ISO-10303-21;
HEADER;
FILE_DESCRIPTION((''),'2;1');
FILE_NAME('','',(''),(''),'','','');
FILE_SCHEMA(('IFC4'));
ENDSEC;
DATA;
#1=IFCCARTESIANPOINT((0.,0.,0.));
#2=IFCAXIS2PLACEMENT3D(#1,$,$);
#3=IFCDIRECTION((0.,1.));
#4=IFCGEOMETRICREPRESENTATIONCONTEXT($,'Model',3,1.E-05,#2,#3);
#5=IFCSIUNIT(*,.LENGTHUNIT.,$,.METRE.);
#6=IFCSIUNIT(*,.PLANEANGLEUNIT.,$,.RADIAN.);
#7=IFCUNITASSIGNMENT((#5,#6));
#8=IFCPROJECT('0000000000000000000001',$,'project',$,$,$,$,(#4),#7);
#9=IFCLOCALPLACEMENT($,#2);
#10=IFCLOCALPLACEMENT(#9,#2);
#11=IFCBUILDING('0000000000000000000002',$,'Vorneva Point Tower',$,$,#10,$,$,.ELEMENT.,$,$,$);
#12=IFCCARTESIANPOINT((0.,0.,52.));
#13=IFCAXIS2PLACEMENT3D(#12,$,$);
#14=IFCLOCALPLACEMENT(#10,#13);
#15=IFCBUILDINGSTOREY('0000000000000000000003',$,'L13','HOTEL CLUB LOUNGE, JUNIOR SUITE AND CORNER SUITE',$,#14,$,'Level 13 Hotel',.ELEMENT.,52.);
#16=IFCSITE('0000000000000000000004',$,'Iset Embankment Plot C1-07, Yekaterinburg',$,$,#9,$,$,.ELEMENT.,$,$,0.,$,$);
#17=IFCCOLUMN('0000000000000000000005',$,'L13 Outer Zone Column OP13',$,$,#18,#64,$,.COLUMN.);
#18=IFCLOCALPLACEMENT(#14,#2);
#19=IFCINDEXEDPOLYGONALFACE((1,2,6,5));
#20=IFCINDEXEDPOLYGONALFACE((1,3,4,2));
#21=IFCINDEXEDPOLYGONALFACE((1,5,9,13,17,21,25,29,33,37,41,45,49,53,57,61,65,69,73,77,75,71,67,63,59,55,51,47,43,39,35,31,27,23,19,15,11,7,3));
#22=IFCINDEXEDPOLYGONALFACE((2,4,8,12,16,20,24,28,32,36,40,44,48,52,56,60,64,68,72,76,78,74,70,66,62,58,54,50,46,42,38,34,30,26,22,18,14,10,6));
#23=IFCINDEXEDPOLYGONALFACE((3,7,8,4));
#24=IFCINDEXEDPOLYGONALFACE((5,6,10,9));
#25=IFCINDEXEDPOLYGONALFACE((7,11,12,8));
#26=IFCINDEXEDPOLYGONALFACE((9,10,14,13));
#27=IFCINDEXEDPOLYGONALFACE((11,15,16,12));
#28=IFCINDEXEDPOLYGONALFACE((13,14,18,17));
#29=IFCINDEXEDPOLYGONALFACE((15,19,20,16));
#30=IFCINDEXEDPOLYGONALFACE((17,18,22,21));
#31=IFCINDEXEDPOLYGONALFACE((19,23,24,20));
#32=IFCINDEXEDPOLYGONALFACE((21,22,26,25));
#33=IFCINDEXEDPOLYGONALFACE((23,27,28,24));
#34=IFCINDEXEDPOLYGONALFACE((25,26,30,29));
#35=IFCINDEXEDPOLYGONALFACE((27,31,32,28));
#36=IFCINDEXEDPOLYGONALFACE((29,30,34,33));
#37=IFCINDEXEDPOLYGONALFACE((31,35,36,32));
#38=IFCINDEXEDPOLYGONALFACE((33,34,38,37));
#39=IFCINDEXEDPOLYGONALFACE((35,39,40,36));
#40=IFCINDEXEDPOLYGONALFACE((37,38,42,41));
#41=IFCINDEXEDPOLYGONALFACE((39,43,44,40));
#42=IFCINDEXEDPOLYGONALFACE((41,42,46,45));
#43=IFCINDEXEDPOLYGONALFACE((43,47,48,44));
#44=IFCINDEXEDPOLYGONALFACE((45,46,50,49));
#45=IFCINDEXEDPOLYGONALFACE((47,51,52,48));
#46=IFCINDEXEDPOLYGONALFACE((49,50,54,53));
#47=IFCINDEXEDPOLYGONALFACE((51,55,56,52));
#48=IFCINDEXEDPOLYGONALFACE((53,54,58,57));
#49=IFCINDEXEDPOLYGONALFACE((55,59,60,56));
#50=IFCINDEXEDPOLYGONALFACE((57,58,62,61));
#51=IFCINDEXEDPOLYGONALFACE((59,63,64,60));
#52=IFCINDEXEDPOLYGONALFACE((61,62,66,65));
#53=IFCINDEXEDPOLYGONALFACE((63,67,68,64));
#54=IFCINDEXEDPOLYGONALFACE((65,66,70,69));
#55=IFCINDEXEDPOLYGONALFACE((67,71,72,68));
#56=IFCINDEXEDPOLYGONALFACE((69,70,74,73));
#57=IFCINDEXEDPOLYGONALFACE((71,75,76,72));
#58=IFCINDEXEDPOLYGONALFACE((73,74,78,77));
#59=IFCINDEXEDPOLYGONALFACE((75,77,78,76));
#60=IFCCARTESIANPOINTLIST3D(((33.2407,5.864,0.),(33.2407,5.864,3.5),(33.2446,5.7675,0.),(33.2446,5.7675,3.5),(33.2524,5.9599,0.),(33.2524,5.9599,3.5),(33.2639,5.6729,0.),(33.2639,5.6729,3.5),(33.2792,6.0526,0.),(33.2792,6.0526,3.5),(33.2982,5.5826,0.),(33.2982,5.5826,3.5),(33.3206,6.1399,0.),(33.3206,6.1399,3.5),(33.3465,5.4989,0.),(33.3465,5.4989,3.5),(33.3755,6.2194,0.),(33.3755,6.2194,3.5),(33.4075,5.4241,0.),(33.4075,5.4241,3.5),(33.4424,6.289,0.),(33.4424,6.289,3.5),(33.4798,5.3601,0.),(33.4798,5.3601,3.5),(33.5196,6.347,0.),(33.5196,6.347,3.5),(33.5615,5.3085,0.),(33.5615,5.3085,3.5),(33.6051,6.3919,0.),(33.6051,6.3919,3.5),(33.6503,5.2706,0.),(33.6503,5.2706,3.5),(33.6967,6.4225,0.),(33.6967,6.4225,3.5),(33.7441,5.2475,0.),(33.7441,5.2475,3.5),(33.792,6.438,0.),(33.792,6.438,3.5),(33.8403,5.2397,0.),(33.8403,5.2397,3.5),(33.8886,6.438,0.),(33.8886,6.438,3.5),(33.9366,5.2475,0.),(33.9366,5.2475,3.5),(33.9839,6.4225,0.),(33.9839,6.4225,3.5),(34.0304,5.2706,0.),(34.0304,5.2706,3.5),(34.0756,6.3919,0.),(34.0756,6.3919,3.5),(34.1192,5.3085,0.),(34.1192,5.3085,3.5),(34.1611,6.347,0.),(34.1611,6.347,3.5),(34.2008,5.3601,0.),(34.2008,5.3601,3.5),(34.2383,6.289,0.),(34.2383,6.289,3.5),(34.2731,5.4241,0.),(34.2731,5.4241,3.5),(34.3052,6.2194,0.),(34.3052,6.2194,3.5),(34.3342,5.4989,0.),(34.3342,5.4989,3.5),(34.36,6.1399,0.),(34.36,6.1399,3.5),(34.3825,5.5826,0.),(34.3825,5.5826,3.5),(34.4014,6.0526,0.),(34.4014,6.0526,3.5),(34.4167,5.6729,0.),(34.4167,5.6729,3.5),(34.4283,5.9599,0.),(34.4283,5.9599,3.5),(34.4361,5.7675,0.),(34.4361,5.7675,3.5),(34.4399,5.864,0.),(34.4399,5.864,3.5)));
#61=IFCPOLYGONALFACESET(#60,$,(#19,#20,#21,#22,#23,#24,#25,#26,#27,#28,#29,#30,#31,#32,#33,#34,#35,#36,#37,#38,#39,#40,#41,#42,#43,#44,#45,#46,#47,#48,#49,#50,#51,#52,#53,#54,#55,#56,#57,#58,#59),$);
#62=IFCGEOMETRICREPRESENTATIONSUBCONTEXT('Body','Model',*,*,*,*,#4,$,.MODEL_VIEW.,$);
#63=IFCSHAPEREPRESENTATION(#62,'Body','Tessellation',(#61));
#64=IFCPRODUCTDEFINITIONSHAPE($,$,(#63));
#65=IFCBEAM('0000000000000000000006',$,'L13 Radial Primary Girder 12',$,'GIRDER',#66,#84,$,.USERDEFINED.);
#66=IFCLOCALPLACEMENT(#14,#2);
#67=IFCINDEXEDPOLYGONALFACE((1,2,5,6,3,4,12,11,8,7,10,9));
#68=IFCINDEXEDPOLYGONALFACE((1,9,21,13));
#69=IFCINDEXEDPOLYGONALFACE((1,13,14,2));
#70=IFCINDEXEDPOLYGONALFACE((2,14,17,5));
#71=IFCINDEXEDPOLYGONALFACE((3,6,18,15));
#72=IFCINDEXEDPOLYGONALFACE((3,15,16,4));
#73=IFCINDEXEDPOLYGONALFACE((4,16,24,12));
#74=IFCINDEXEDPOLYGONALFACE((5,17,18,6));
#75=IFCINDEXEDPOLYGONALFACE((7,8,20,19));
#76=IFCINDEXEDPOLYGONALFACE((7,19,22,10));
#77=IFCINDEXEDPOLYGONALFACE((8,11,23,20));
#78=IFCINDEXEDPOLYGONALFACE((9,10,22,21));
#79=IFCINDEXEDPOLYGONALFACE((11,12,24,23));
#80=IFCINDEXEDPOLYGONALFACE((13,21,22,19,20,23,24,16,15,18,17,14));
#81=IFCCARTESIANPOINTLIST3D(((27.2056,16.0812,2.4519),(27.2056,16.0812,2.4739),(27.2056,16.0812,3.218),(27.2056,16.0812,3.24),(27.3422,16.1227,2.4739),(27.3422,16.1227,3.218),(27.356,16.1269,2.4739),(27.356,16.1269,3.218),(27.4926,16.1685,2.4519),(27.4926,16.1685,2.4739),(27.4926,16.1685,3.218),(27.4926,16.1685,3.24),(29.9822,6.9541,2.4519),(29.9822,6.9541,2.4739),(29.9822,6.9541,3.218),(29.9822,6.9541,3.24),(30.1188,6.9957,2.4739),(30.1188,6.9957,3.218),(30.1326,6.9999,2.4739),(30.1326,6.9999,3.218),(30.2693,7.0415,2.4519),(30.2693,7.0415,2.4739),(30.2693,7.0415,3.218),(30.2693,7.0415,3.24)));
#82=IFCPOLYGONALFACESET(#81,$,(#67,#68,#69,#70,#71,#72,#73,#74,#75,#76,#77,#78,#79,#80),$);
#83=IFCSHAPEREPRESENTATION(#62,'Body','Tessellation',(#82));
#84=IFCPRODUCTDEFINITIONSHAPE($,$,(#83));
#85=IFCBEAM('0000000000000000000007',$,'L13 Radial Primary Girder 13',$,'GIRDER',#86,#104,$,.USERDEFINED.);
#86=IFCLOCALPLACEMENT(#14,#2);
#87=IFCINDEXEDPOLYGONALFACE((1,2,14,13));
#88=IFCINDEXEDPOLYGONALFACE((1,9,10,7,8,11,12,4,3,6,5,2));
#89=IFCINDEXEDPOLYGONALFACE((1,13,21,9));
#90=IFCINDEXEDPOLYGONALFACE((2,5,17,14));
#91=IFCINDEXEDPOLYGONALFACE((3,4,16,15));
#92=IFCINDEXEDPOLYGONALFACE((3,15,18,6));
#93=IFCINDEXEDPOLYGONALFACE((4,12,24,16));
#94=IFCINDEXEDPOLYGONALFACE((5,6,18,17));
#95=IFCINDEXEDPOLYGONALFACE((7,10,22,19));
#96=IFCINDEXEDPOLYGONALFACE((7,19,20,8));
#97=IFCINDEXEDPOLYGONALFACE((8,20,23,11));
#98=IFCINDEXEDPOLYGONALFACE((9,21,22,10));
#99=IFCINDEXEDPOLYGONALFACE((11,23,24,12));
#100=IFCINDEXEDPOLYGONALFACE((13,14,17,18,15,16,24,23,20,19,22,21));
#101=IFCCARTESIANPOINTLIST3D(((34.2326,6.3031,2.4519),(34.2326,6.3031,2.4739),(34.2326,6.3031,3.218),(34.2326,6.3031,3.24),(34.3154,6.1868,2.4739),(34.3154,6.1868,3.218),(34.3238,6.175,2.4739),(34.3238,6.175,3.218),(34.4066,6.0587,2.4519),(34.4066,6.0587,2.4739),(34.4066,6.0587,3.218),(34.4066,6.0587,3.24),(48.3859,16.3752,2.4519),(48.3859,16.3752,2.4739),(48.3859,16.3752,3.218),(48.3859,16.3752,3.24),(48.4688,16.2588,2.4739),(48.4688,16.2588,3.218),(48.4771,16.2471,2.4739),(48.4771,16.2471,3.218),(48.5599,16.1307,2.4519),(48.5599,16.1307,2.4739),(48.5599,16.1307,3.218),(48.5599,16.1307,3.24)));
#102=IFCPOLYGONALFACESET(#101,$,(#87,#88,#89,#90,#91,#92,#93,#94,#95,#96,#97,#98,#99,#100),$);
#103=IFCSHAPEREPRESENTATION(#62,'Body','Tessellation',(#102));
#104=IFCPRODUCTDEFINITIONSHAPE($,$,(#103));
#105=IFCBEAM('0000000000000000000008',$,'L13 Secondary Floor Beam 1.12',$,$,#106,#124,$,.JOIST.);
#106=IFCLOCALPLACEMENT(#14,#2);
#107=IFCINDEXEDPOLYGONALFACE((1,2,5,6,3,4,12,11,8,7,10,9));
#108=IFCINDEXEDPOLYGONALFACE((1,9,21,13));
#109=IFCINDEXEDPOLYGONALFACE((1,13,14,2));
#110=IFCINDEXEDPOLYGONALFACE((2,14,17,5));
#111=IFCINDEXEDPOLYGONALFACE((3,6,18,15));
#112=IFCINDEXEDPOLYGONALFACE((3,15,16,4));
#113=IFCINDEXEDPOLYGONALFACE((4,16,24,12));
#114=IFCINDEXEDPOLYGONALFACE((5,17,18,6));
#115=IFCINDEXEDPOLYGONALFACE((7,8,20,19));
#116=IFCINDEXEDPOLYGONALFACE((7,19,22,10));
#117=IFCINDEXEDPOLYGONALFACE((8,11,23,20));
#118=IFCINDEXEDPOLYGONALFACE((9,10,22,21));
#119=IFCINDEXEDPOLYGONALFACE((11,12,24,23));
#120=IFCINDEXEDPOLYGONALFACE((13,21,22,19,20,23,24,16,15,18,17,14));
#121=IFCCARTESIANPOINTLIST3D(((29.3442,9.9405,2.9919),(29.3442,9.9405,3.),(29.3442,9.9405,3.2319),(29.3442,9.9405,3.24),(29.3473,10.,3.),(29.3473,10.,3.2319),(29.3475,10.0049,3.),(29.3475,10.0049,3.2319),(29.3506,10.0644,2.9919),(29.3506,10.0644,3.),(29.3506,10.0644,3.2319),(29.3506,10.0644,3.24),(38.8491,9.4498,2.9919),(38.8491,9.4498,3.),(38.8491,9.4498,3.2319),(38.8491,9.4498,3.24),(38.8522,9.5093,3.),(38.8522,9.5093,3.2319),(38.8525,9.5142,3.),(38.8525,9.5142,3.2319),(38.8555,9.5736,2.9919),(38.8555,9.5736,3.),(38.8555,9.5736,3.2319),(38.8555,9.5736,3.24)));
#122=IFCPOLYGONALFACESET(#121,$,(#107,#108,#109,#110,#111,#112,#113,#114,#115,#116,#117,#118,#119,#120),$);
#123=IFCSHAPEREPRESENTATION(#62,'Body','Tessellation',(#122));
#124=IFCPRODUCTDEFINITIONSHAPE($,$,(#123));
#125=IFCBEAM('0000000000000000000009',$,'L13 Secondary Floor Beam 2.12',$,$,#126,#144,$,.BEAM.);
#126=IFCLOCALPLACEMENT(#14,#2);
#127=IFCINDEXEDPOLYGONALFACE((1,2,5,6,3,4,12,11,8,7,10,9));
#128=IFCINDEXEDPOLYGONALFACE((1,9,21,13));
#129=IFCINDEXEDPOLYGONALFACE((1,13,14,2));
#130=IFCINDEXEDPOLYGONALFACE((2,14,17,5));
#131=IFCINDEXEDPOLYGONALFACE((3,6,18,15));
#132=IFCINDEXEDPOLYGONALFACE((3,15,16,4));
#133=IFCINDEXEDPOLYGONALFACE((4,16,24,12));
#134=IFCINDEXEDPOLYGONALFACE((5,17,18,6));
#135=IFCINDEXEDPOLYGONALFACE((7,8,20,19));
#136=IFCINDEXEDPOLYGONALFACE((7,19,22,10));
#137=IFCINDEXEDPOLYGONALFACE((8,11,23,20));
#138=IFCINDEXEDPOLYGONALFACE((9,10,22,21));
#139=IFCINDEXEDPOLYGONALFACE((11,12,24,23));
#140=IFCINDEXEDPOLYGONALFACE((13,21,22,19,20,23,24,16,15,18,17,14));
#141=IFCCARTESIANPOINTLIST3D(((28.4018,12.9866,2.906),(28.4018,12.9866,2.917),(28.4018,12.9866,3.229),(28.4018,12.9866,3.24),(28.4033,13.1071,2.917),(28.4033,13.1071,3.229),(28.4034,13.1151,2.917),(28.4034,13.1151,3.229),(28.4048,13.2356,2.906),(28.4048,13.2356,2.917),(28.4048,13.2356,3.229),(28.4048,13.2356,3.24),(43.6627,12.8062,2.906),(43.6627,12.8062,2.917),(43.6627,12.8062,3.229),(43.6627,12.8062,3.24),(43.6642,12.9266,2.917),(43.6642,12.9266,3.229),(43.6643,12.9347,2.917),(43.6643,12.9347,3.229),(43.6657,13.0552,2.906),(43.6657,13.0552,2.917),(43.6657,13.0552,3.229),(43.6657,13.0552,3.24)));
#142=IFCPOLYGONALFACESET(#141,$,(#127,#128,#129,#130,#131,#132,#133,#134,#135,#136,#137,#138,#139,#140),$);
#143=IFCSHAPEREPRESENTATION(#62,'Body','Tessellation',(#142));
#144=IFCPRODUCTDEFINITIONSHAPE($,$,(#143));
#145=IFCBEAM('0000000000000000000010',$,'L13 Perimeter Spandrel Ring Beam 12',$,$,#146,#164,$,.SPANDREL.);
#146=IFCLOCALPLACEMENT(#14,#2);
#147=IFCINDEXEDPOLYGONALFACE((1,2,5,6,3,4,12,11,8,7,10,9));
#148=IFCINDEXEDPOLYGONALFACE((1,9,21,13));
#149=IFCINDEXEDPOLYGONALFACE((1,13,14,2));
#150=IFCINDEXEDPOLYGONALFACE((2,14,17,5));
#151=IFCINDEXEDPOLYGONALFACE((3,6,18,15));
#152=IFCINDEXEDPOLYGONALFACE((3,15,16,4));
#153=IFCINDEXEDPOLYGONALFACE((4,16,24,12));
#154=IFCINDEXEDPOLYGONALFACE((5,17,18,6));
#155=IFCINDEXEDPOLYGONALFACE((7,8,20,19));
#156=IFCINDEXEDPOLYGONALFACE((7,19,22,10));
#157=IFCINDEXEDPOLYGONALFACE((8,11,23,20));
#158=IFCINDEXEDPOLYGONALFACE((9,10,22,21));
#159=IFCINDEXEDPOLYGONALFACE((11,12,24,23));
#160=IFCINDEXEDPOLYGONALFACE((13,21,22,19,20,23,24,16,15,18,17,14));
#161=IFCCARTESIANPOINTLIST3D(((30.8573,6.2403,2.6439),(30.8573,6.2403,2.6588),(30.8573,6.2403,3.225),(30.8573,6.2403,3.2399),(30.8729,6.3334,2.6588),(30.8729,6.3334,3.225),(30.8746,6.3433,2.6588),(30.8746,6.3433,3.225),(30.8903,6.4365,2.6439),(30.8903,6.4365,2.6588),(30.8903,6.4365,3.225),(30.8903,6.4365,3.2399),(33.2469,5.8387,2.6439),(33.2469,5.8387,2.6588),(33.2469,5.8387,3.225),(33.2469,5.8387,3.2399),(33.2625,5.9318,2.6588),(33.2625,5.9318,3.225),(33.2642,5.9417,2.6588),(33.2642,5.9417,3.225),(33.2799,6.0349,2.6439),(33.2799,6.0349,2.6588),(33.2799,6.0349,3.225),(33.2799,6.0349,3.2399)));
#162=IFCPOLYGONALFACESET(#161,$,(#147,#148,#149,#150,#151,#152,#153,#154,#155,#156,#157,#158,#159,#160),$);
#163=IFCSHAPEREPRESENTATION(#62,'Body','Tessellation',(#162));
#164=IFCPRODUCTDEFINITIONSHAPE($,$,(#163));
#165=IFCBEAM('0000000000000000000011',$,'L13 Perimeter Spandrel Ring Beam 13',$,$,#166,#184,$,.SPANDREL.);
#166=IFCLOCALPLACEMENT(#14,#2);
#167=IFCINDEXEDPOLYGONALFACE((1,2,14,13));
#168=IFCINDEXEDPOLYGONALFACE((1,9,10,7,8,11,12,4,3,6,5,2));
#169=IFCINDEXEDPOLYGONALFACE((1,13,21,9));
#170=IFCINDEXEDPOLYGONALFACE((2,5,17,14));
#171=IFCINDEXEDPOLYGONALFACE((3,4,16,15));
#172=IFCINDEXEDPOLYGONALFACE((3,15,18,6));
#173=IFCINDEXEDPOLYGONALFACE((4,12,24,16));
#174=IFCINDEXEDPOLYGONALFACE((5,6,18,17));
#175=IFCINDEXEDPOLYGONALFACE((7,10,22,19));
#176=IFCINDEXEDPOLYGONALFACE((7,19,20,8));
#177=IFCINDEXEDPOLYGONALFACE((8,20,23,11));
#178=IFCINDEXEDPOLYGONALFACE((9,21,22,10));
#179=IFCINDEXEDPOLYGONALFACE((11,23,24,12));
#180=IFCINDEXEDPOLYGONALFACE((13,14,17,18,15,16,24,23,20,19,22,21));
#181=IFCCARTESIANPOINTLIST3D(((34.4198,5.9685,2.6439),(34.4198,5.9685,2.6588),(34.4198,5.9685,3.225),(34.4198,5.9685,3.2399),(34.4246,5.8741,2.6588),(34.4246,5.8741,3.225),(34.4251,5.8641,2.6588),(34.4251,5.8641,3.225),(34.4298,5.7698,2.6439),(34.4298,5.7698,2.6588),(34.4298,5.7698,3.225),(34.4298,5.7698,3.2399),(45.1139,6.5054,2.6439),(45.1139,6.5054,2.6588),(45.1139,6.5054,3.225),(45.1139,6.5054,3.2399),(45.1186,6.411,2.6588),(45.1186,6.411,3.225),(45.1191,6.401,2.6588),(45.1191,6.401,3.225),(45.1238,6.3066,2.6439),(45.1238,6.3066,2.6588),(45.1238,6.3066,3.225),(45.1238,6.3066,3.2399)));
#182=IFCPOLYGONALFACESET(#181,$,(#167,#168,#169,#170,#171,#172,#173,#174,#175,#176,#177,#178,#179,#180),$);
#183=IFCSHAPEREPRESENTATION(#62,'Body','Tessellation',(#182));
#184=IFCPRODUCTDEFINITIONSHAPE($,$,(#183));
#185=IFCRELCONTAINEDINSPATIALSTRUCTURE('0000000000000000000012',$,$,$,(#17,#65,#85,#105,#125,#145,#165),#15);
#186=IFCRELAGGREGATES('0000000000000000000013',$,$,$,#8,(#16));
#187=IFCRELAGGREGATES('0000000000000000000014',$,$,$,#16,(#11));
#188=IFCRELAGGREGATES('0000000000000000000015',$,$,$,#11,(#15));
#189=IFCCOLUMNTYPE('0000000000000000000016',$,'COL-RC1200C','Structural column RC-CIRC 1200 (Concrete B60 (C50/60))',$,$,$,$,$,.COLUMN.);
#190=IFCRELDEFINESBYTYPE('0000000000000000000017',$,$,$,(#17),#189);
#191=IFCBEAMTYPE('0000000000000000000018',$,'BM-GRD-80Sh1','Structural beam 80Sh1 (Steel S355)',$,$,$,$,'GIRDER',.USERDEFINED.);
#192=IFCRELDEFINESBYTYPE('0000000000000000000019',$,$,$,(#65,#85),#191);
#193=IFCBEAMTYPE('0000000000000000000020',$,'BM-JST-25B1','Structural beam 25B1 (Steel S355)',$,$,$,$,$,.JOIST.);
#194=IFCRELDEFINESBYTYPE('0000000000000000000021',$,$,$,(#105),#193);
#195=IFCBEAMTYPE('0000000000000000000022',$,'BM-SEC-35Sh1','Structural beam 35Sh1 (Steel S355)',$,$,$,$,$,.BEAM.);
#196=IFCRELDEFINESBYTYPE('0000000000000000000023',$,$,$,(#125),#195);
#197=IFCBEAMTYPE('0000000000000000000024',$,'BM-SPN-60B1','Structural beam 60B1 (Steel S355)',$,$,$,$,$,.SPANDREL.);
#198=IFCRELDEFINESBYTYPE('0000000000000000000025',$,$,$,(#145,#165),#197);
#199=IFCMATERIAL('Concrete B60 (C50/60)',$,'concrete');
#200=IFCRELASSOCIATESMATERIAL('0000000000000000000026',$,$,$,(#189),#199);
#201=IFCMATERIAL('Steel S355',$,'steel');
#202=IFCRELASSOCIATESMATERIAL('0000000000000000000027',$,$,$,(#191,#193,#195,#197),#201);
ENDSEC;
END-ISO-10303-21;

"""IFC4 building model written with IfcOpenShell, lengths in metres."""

from ifc_helpers import new_model, si_unit, direction, frame, origin, origin_2d, place, context, subcontext, project, spatial, circle, i_section, extrude, material, material_profile, profile_set, type_object, element, save


model = new_model("IFC4")

# Units and contexts
model_context = context("Model", 3, precision=1e-05, world=origin(), true_north=direction((0.0, 1.0)))
body_context = subcontext(model_context, "Body", "Model", "MODEL_VIEW")
ifc_project = project(units=[si_unit("LENGTHUNIT", "METRE"), si_unit("PLANEANGLEUNIT", "RADIAN")], contexts=[model_context])

# Site, building, storey
site_placement = place(None, origin())
site = spatial("IfcSite", under=ifc_project, at=site_placement, Name="Iset Embankment Plot C1-07, Yekaterinburg", CompositionType="ELEMENT", RefElevation=0.0)
building_placement = place(site_placement, origin())
building = spatial("IfcBuilding", under=site, at=building_placement, Name="Vorneva Point Tower", CompositionType="ELEMENT")
storey_placement = place(building_placement, frame((0.0, 0.0, 52.0)))
storey = spatial("IfcBuildingStorey", under=building, at=storey_placement, Name="L13", Description="HOTEL CLUB LOUNGE, JUNIOR SUITE AND CORNER SUITE", LongName="Level 13 Hotel", CompositionType="ELEMENT", Elevation=52.0)

# Column
ifc_material_1 = material(Name="Concrete B60 (C50/60)", Category="concrete")
ifc_material_profile_1 = material_profile(ifc_material_1, circle(Radius=0.6001, at=origin_2d()), Name="RC-CIRC 1200")
ifc_profile_set_1 = profile_set([ifc_material_profile_1], Name="Concrete B60 (C50/60)")
column_type = type_object("IfcColumnType", Name="COL-RC1200C", Description="Structural column RC-CIRC 1200 (Concrete B60 (C50/60))", PredefinedType="COLUMN", material=ifc_profile_set_1)
for number, where, z_axis, x_axis, name in (
    (1, (33.8403, 5.8398, 0.0), (0.0, 0.0, 1.0), (0.0, -1.0, 0.0), "L13 Outer Zone Column OP13"),
):
    element("IfcColumn", number, at=place(storey_placement, frame(where, z_axis=z_axis, x_axis=x_axis)), inside=storey, type_object=column_type, Name=name, PredefinedType="COLUMN", context=body_context, shape_type="SweptSolid", body=[
        extrude(circle(Radius=0.6001, at=origin_2d()), origin(), (0.0, 0.0, 1.0), 3.5),
    ])

# Beams
ifc_material_2 = material(Name="Steel S355", Category="steel")
ifc_material_profile_2 = material_profile(ifc_material_2, i_section(OverallWidth=0.3, OverallDepth=0.7881, WebThickness=0.0144, FlangeThickness=0.022, at=origin_2d()), Name="80Sh1")
ifc_profile_set_2 = profile_set([ifc_material_profile_2], Name="Steel S355")
beam_type_1 = type_object("IfcBeamType", Name="BM-GRD-80Sh1", Description="Structural beam 80Sh1 (Steel S355)", ElementType="GIRDER", PredefinedType="USERDEFINED", material=ifc_profile_set_2)
beam_1_placement = place(storey_placement, frame((30.1257, 6.9978, 2.8459), z_axis=(-0.291051, 0.956708, 0.0), x_axis=(-0.956708, -0.291051, 0.0)))
element("IfcBeam", 2, at=beam_1_placement, inside=storey, type_object=beam_type_1, Name="L13 Radial Primary Girder 12", ObjectType="GIRDER", PredefinedType="USERDEFINED", context=body_context, shape_type="SweptSolid", body=[
    extrude(i_section(OverallWidth=0.3, OverallDepth=0.7881, WebThickness=0.0144, FlangeThickness=0.022, at=origin_2d()), origin(), (0.0, 0.0, 1.0), 9.54),
])
beam_2_placement = place(storey_placement, frame((34.3196, 6.1809, 2.8459), z_axis=(0.814753, 0.579808, 0.0), x_axis=(-0.579808, 0.814753, 0.0)))
element("IfcBeam", 3, at=beam_2_placement, inside=storey, type_object=beam_type_1, Name="L13 Radial Primary Girder 13", ObjectType="GIRDER", PredefinedType="USERDEFINED", context=body_context, shape_type="SweptSolid", body=[
    extrude(i_section(OverallWidth=0.3, OverallDepth=0.7881, WebThickness=0.0144, FlangeThickness=0.022, at=origin_2d()), origin(), (0.0, 0.0, 1.0), 17.3713),
])
ifc_material_profile_3 = material_profile(ifc_material_2, i_section(OverallWidth=0.124, OverallDepth=0.248, WebThickness=0.0049, FlangeThickness=0.0081, at=origin_2d()), Name="25B1")
ifc_profile_set_3 = profile_set([ifc_material_profile_3], Name="Steel S355")
beam_type_2 = type_object("IfcBeamType", Name="BM-JST-25B1", Description="Structural beam 25B1 (Steel S355)", PredefinedType="JOIST", material=ifc_profile_set_3)
beam_3_placement = place(storey_placement, frame((29.3474, 10.0024, 3.116), z_axis=(0.99867, -0.05156, 0.0), x_axis=(0.05156, 0.99867, 0.0)))
element("IfcBeam", 4, at=beam_3_placement, inside=storey, type_object=beam_type_2, Name="L13 Secondary Floor Beam 1.12", PredefinedType="JOIST", context=body_context, shape_type="SweptSolid", body=[
    extrude(i_section(OverallWidth=0.124, OverallDepth=0.248, WebThickness=0.0049, FlangeThickness=0.0081, at=origin_2d()), origin(), (0.0, 0.0, 1.0), 9.5176),
])
ifc_material_profile_4 = material_profile(ifc_material_2, i_section(OverallWidth=0.249, OverallDepth=0.334, WebThickness=0.0081, FlangeThickness=0.011, at=origin_2d()), Name="35Sh1")
ifc_profile_set_4 = profile_set([ifc_material_profile_4], Name="Steel S355")
beam_type_3 = type_object("IfcBeamType", Name="BM-SEC-35Sh1", Description="Structural beam 35Sh1 (Steel S355)", PredefinedType="BEAM", material=ifc_profile_set_4)
beam_4_placement = place(storey_placement, frame((28.4033, 13.1111, 3.073), z_axis=(0.99993, -0.011821, 0.0), x_axis=(0.011821, 0.99993, 0.0)))
element("IfcBeam", 5, at=beam_4_placement, inside=storey, type_object=beam_type_3, Name="L13 Secondary Floor Beam 2.12", PredefinedType="BEAM", context=body_context, shape_type="SweptSolid", body=[
    extrude(i_section(OverallWidth=0.249, OverallDepth=0.334, WebThickness=0.0081, FlangeThickness=0.011, at=origin_2d()), origin(), (0.0, 0.0, 1.0), 15.262),
])
ifc_material_profile_5 = material_profile(ifc_material_2, i_section(OverallWidth=0.199, OverallDepth=0.5959, WebThickness=0.01, FlangeThickness=0.0149, at=origin_2d()), Name="60B1")
ifc_profile_set_5 = profile_set([ifc_material_profile_5], Name="Steel S355")
beam_type_4 = type_object("IfcBeamType", Name="BM-SPN-60B1", Description="Structural beam 60B1 (Steel S355)", PredefinedType="SPANDREL", material=ifc_profile_set_5)
beam_5_placement = place(storey_placement, frame((30.8738, 6.3384, 2.9419), z_axis=(0.98617, -0.165739, 0.0), x_axis=(0.165739, 0.98617, 0.0)))
element("IfcBeam", 6, at=beam_5_placement, inside=storey, type_object=beam_type_4, Name="L13 Perimeter Spandrel Ring Beam 12", PredefinedType="SPANDREL", context=body_context, shape_type="SweptSolid", body=[
    extrude(i_section(OverallWidth=0.199, OverallDepth=0.5959, WebThickness=0.01, FlangeThickness=0.0149, at=origin_2d()), origin(), (0.0, 0.0, 1.0), 2.4231),
])
beam_6_placement = place(storey_placement, frame((34.4248, 5.8691, 2.9419), z_axis=(0.998742, 0.050139, 0.0), x_axis=(-0.050139, 0.998742, 0.0)))
element("IfcBeam", 7, at=beam_6_placement, inside=storey, type_object=beam_type_4, Name="L13 Perimeter Spandrel Ring Beam 13", PredefinedType="SPANDREL", context=body_context, shape_type="SweptSolid", body=[
    extrude(i_section(OverallWidth=0.199, OverallDepth=0.5959, WebThickness=0.01, FlangeThickness=0.0149, at=origin_2d()), origin(), (0.0, 0.0, 1.0), 10.7075),
])

save(model, "model.ifc")
